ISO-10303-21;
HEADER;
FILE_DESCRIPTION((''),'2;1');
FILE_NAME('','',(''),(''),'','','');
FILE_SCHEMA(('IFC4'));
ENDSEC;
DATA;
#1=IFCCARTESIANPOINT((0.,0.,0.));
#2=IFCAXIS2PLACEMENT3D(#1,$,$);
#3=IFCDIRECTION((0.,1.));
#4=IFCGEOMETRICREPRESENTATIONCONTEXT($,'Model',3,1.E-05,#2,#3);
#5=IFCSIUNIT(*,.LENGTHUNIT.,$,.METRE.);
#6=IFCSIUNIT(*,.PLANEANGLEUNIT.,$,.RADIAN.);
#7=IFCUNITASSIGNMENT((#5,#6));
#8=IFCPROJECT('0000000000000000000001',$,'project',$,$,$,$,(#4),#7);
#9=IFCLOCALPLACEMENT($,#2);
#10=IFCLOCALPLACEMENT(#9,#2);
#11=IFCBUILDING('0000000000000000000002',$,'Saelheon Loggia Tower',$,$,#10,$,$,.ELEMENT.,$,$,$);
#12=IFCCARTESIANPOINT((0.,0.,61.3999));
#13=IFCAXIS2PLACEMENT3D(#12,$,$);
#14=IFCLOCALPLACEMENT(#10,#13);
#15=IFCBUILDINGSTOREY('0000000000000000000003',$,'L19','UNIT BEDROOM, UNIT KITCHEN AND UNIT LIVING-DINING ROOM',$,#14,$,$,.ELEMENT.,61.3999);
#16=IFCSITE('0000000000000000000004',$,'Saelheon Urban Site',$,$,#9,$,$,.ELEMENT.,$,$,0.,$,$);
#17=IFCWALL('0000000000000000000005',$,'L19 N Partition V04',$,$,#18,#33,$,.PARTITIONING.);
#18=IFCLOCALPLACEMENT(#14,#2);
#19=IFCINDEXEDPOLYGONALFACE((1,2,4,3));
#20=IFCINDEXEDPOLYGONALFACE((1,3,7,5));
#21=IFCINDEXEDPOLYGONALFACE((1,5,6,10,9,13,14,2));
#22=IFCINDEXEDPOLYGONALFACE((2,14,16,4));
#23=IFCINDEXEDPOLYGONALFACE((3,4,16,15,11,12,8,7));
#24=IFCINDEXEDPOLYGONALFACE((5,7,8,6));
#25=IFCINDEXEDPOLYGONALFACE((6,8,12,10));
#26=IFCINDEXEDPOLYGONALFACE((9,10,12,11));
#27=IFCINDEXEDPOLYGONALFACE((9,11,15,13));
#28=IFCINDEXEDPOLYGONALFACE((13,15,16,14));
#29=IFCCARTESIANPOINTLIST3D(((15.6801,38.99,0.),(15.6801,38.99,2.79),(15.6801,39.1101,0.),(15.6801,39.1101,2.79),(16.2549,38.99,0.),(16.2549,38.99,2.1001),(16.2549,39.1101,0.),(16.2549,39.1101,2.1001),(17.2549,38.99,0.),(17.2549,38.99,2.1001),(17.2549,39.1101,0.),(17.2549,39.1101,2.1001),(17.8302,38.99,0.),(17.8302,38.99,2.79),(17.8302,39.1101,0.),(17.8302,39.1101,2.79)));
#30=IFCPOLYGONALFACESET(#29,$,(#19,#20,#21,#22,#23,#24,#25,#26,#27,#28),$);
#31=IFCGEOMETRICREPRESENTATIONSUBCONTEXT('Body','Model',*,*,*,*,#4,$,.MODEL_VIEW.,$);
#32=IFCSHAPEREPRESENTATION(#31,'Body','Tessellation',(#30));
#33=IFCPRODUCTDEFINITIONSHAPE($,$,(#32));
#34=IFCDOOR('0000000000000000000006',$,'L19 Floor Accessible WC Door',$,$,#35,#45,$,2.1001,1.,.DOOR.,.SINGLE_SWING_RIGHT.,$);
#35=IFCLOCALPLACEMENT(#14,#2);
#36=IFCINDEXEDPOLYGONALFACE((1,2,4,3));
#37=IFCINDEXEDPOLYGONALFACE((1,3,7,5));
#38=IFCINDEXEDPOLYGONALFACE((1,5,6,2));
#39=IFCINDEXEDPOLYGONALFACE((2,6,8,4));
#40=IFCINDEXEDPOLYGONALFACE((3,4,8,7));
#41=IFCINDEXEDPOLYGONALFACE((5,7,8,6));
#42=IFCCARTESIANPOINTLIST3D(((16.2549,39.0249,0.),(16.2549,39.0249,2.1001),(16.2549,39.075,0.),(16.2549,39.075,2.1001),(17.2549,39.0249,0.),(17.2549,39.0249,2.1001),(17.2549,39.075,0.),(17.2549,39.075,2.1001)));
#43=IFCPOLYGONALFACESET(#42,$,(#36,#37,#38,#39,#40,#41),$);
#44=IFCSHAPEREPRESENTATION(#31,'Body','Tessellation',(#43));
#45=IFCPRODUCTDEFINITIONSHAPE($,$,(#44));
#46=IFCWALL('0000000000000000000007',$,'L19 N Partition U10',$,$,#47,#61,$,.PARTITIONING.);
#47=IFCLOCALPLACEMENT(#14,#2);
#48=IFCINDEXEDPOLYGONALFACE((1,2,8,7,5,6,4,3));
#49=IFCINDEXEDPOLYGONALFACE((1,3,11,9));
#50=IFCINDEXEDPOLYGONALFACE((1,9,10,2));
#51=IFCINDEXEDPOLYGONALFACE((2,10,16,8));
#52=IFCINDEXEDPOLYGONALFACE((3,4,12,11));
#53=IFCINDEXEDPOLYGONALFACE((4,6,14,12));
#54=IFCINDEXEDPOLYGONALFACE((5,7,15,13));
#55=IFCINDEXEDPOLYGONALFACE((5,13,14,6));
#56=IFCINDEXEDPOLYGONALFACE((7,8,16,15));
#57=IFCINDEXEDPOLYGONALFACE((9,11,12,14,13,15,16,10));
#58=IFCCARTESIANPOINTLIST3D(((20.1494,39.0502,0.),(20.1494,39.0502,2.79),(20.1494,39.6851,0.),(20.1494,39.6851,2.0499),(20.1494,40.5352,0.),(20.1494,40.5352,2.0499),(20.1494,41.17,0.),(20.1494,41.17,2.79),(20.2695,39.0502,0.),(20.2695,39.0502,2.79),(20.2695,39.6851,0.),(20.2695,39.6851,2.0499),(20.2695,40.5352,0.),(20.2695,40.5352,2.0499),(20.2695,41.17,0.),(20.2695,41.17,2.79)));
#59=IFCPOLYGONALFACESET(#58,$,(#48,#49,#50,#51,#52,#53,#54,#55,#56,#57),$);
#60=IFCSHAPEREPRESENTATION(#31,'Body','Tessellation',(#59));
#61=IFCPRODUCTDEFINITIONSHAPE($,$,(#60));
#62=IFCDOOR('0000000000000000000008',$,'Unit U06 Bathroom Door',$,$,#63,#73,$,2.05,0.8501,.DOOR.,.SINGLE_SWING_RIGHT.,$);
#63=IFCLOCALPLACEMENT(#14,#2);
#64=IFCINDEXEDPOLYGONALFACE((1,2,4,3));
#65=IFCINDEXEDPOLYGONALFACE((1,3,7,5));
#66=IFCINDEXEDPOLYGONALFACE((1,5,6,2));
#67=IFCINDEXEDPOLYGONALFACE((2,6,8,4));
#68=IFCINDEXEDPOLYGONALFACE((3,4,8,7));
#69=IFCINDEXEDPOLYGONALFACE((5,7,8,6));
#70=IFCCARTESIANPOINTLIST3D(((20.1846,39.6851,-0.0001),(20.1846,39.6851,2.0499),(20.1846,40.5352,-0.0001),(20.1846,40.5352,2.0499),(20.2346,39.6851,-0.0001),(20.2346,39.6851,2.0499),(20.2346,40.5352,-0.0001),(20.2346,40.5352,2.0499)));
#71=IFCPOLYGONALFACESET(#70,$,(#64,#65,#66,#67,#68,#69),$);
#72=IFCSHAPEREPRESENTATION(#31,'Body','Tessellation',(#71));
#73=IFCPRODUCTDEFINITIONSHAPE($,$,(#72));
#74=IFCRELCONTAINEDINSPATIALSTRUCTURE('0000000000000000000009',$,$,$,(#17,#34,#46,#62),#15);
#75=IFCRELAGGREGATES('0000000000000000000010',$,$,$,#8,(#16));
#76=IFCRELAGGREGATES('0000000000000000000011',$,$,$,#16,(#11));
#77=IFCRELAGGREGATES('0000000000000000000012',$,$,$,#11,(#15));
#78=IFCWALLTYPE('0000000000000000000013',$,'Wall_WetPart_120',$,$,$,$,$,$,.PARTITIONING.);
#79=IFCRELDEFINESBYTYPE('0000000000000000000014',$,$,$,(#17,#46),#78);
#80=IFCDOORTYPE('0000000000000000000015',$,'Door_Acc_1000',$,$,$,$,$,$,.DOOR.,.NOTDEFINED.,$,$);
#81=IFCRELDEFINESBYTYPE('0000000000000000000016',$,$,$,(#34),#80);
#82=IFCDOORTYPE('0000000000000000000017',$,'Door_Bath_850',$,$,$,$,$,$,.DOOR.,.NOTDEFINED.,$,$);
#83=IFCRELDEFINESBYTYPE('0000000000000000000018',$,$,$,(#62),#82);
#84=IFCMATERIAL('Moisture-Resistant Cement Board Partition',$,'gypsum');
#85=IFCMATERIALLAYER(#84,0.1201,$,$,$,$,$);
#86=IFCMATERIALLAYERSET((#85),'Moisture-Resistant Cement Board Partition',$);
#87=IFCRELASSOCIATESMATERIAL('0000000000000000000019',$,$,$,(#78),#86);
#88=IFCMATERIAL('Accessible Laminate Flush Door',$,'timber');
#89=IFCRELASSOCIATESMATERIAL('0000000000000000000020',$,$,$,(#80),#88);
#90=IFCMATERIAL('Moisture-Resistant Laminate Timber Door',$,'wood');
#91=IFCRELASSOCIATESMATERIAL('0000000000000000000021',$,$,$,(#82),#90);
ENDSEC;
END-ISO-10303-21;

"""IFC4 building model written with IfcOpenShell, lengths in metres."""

from ifc_helpers import new_model, si_unit, direction, frame, frame_2d, origin, place, context, subcontext, project, spatial, rectangle, extrude, source, transform, mapped, material, layer, layer_set, type_object, element, fill, save


model = new_model("IFC4")

# Units and contexts
model_context = context("Model", 3, precision=1e-05, world=origin(), true_north=direction((0.0, 1.0)))
body_context = subcontext(model_context, "Body", "Model", "MODEL_VIEW")
ifc_project = project(units=[si_unit("LENGTHUNIT", "METRE"), si_unit("PLANEANGLEUNIT", "RADIAN")], contexts=[model_context])

# Site, building, storey
site_placement = place(None, origin())
site = spatial("IfcSite", under=ifc_project, at=site_placement, Name="Saelheon Urban Site", CompositionType="ELEMENT", RefElevation=0.0)
building_placement = place(site_placement, origin())
building = spatial("IfcBuilding", under=site, at=building_placement, Name="Saelheon Loggia Tower", CompositionType="ELEMENT")
storey_placement = place(building_placement, frame((0.0, 0.0, 61.3999)))
storey = spatial("IfcBuildingStorey", under=building, at=storey_placement, Name="L19", Description="UNIT BEDROOM, UNIT KITCHEN AND UNIT LIVING-DINING ROOM", CompositionType="ELEMENT", Elevation=61.3999)

# Walls, openings, doors
ifc_material_1 = material(Name="Moisture-Resistant Cement Board Partition", Category="gypsum")
ifc_layer_1 = layer(ifc_material_1, 0.1201)
ifc_layer_set_1 = layer_set([ifc_layer_1], Name="Moisture-Resistant Cement Board Partition")
wall_type_1 = type_object("IfcWallType", Name="Wall_WetPart_120", PredefinedType="PARTITIONING", material=ifc_layer_set_1)
wall_1_placement = place(storey_placement, frame((15.6799, 39.05, 0.0), z_axis=(0.0, 0.0, 1.0), x_axis=(1.0, 0.0, 0.0)))
wall_1 = element("IfcWall", 1, at=wall_1_placement, inside=storey, type_object=wall_type_1, Name="L19 N Partition V04", PredefinedType="PARTITIONING", context=body_context, shape_type="SweptSolid", body=[
    extrude(rectangle(XDim=2.1501, YDim=0.1201, at=frame_2d((1.0752, 0.0))), origin(), (0.0, 0.0, 1.0), 2.79),
])
opening_1_placement = place(wall_1_placement, frame((0.575, 0.0, 0.0)))
opening_1 = element("IfcOpeningElement", 2, at=opening_1_placement, cuts=wall_1, PredefinedType="OPENING", context=body_context, shape_type="SweptSolid", body=[
    extrude(rectangle(XDim=1.0, YDim=2.1001, at=frame_2d((0.5, 1.05))), frame((0.0, 0.072, 0.0), z_axis=(0.0, -1.0, 0.0), x_axis=(1.0, 0.0, 0.0)), (0.0, 0.0, 1.0), 0.144),
])
ifc_material_2 = material(Name="Accessible Laminate Flush Door", Category="timber")
door_type_1 = type_object("IfcDoorType", Name="Door_Acc_1000", OperationType="NOTDEFINED", PredefinedType="DOOR", material=ifc_material_2)
shared_shape_1 = source(origin(), body_context, "Body", "SweptSolid", [
    extrude(rectangle(XDim=1.0, YDim=2.1001, at=frame_2d((0.5, 1.05))), frame((0.0, 0.0249, 0.0), z_axis=(0.0, -1.0, 0.0), x_axis=(1.0, 0.0, 0.0)), (0.0, 0.0, 1.0), 0.05),
])
door_1_placement = place(opening_1_placement, origin())
door_1 = element("IfcDoor", 3, at=door_1_placement, inside=storey, type_object=door_type_1, Name="L19 Floor Accessible WC Door", OperationType="SINGLE_SWING_RIGHT", OverallHeight=2.1001, OverallWidth=1.0, PredefinedType="DOOR", context=body_context, shape_type="MappedRepresentation", body=[
    mapped(shared_shape_1, transform((0.0, 0.0, 0.0), scale=1.0)),
])
fill(opening_1, door_1)
wall_2_placement = place(storey_placement, frame((20.2095, 39.05, 0.0), z_axis=(0.0, 0.0, 1.0), x_axis=(0.0, 1.0, 0.0)))
wall_2 = element("IfcWall", 4, at=wall_2_placement, inside=storey, type_object=wall_type_1, Name="L19 N Partition U10", PredefinedType="PARTITIONING", context=body_context, shape_type="SweptSolid", body=[
    extrude(rectangle(XDim=2.1199, YDim=0.1201, at=frame_2d((1.0601, 0.0))), origin(), (0.0, 0.0, 1.0), 2.79),
])
opening_2_placement = place(wall_2_placement, frame((0.635, 0.0, 0.0)))
opening_2 = element("IfcOpeningElement", 5, at=opening_2_placement, cuts=wall_2, PredefinedType="OPENING", context=body_context, shape_type="SweptSolid", body=[
    extrude(rectangle(XDim=0.8501, YDim=2.05, at=frame_2d((0.425, 1.0249))), frame((0.0, 0.072, 0.0), z_axis=(0.0, -1.0, 0.0), x_axis=(1.0, 0.0, 0.0)), (0.0, 0.0, 1.0), 0.144),
])
ifc_material_3 = material(Name="Moisture-Resistant Laminate Timber Door", Category="wood")
door_type_2 = type_object("IfcDoorType", Name="Door_Bath_850", OperationType="NOTDEFINED", PredefinedType="DOOR", material=ifc_material_3)
shared_shape_2 = source(origin(), body_context, "Body", "SweptSolid", [
    extrude(rectangle(XDim=0.8501, YDim=2.05, at=frame_2d((0.425, 1.0249))), frame((0.0, 0.0249, 0.0), z_axis=(0.0, -1.0, 0.0), x_axis=(1.0, 0.0, 0.0)), (0.0, 0.0, 1.0), 0.05),
])
door_2_placement = place(opening_2_placement, origin())
door_2 = element("IfcDoor", 6, at=door_2_placement, inside=storey, type_object=door_type_2, Name="Unit U06 Bathroom Door", OperationType="SINGLE_SWING_RIGHT", OverallHeight=2.05, OverallWidth=0.8501, PredefinedType="DOOR", context=body_context, shape_type="MappedRepresentation", body=[
    mapped(shared_shape_2, transform((0.0, 0.0, 0.0), scale=1.0)),
])
fill(opening_2, door_2)

save(model, "model.ifc")
